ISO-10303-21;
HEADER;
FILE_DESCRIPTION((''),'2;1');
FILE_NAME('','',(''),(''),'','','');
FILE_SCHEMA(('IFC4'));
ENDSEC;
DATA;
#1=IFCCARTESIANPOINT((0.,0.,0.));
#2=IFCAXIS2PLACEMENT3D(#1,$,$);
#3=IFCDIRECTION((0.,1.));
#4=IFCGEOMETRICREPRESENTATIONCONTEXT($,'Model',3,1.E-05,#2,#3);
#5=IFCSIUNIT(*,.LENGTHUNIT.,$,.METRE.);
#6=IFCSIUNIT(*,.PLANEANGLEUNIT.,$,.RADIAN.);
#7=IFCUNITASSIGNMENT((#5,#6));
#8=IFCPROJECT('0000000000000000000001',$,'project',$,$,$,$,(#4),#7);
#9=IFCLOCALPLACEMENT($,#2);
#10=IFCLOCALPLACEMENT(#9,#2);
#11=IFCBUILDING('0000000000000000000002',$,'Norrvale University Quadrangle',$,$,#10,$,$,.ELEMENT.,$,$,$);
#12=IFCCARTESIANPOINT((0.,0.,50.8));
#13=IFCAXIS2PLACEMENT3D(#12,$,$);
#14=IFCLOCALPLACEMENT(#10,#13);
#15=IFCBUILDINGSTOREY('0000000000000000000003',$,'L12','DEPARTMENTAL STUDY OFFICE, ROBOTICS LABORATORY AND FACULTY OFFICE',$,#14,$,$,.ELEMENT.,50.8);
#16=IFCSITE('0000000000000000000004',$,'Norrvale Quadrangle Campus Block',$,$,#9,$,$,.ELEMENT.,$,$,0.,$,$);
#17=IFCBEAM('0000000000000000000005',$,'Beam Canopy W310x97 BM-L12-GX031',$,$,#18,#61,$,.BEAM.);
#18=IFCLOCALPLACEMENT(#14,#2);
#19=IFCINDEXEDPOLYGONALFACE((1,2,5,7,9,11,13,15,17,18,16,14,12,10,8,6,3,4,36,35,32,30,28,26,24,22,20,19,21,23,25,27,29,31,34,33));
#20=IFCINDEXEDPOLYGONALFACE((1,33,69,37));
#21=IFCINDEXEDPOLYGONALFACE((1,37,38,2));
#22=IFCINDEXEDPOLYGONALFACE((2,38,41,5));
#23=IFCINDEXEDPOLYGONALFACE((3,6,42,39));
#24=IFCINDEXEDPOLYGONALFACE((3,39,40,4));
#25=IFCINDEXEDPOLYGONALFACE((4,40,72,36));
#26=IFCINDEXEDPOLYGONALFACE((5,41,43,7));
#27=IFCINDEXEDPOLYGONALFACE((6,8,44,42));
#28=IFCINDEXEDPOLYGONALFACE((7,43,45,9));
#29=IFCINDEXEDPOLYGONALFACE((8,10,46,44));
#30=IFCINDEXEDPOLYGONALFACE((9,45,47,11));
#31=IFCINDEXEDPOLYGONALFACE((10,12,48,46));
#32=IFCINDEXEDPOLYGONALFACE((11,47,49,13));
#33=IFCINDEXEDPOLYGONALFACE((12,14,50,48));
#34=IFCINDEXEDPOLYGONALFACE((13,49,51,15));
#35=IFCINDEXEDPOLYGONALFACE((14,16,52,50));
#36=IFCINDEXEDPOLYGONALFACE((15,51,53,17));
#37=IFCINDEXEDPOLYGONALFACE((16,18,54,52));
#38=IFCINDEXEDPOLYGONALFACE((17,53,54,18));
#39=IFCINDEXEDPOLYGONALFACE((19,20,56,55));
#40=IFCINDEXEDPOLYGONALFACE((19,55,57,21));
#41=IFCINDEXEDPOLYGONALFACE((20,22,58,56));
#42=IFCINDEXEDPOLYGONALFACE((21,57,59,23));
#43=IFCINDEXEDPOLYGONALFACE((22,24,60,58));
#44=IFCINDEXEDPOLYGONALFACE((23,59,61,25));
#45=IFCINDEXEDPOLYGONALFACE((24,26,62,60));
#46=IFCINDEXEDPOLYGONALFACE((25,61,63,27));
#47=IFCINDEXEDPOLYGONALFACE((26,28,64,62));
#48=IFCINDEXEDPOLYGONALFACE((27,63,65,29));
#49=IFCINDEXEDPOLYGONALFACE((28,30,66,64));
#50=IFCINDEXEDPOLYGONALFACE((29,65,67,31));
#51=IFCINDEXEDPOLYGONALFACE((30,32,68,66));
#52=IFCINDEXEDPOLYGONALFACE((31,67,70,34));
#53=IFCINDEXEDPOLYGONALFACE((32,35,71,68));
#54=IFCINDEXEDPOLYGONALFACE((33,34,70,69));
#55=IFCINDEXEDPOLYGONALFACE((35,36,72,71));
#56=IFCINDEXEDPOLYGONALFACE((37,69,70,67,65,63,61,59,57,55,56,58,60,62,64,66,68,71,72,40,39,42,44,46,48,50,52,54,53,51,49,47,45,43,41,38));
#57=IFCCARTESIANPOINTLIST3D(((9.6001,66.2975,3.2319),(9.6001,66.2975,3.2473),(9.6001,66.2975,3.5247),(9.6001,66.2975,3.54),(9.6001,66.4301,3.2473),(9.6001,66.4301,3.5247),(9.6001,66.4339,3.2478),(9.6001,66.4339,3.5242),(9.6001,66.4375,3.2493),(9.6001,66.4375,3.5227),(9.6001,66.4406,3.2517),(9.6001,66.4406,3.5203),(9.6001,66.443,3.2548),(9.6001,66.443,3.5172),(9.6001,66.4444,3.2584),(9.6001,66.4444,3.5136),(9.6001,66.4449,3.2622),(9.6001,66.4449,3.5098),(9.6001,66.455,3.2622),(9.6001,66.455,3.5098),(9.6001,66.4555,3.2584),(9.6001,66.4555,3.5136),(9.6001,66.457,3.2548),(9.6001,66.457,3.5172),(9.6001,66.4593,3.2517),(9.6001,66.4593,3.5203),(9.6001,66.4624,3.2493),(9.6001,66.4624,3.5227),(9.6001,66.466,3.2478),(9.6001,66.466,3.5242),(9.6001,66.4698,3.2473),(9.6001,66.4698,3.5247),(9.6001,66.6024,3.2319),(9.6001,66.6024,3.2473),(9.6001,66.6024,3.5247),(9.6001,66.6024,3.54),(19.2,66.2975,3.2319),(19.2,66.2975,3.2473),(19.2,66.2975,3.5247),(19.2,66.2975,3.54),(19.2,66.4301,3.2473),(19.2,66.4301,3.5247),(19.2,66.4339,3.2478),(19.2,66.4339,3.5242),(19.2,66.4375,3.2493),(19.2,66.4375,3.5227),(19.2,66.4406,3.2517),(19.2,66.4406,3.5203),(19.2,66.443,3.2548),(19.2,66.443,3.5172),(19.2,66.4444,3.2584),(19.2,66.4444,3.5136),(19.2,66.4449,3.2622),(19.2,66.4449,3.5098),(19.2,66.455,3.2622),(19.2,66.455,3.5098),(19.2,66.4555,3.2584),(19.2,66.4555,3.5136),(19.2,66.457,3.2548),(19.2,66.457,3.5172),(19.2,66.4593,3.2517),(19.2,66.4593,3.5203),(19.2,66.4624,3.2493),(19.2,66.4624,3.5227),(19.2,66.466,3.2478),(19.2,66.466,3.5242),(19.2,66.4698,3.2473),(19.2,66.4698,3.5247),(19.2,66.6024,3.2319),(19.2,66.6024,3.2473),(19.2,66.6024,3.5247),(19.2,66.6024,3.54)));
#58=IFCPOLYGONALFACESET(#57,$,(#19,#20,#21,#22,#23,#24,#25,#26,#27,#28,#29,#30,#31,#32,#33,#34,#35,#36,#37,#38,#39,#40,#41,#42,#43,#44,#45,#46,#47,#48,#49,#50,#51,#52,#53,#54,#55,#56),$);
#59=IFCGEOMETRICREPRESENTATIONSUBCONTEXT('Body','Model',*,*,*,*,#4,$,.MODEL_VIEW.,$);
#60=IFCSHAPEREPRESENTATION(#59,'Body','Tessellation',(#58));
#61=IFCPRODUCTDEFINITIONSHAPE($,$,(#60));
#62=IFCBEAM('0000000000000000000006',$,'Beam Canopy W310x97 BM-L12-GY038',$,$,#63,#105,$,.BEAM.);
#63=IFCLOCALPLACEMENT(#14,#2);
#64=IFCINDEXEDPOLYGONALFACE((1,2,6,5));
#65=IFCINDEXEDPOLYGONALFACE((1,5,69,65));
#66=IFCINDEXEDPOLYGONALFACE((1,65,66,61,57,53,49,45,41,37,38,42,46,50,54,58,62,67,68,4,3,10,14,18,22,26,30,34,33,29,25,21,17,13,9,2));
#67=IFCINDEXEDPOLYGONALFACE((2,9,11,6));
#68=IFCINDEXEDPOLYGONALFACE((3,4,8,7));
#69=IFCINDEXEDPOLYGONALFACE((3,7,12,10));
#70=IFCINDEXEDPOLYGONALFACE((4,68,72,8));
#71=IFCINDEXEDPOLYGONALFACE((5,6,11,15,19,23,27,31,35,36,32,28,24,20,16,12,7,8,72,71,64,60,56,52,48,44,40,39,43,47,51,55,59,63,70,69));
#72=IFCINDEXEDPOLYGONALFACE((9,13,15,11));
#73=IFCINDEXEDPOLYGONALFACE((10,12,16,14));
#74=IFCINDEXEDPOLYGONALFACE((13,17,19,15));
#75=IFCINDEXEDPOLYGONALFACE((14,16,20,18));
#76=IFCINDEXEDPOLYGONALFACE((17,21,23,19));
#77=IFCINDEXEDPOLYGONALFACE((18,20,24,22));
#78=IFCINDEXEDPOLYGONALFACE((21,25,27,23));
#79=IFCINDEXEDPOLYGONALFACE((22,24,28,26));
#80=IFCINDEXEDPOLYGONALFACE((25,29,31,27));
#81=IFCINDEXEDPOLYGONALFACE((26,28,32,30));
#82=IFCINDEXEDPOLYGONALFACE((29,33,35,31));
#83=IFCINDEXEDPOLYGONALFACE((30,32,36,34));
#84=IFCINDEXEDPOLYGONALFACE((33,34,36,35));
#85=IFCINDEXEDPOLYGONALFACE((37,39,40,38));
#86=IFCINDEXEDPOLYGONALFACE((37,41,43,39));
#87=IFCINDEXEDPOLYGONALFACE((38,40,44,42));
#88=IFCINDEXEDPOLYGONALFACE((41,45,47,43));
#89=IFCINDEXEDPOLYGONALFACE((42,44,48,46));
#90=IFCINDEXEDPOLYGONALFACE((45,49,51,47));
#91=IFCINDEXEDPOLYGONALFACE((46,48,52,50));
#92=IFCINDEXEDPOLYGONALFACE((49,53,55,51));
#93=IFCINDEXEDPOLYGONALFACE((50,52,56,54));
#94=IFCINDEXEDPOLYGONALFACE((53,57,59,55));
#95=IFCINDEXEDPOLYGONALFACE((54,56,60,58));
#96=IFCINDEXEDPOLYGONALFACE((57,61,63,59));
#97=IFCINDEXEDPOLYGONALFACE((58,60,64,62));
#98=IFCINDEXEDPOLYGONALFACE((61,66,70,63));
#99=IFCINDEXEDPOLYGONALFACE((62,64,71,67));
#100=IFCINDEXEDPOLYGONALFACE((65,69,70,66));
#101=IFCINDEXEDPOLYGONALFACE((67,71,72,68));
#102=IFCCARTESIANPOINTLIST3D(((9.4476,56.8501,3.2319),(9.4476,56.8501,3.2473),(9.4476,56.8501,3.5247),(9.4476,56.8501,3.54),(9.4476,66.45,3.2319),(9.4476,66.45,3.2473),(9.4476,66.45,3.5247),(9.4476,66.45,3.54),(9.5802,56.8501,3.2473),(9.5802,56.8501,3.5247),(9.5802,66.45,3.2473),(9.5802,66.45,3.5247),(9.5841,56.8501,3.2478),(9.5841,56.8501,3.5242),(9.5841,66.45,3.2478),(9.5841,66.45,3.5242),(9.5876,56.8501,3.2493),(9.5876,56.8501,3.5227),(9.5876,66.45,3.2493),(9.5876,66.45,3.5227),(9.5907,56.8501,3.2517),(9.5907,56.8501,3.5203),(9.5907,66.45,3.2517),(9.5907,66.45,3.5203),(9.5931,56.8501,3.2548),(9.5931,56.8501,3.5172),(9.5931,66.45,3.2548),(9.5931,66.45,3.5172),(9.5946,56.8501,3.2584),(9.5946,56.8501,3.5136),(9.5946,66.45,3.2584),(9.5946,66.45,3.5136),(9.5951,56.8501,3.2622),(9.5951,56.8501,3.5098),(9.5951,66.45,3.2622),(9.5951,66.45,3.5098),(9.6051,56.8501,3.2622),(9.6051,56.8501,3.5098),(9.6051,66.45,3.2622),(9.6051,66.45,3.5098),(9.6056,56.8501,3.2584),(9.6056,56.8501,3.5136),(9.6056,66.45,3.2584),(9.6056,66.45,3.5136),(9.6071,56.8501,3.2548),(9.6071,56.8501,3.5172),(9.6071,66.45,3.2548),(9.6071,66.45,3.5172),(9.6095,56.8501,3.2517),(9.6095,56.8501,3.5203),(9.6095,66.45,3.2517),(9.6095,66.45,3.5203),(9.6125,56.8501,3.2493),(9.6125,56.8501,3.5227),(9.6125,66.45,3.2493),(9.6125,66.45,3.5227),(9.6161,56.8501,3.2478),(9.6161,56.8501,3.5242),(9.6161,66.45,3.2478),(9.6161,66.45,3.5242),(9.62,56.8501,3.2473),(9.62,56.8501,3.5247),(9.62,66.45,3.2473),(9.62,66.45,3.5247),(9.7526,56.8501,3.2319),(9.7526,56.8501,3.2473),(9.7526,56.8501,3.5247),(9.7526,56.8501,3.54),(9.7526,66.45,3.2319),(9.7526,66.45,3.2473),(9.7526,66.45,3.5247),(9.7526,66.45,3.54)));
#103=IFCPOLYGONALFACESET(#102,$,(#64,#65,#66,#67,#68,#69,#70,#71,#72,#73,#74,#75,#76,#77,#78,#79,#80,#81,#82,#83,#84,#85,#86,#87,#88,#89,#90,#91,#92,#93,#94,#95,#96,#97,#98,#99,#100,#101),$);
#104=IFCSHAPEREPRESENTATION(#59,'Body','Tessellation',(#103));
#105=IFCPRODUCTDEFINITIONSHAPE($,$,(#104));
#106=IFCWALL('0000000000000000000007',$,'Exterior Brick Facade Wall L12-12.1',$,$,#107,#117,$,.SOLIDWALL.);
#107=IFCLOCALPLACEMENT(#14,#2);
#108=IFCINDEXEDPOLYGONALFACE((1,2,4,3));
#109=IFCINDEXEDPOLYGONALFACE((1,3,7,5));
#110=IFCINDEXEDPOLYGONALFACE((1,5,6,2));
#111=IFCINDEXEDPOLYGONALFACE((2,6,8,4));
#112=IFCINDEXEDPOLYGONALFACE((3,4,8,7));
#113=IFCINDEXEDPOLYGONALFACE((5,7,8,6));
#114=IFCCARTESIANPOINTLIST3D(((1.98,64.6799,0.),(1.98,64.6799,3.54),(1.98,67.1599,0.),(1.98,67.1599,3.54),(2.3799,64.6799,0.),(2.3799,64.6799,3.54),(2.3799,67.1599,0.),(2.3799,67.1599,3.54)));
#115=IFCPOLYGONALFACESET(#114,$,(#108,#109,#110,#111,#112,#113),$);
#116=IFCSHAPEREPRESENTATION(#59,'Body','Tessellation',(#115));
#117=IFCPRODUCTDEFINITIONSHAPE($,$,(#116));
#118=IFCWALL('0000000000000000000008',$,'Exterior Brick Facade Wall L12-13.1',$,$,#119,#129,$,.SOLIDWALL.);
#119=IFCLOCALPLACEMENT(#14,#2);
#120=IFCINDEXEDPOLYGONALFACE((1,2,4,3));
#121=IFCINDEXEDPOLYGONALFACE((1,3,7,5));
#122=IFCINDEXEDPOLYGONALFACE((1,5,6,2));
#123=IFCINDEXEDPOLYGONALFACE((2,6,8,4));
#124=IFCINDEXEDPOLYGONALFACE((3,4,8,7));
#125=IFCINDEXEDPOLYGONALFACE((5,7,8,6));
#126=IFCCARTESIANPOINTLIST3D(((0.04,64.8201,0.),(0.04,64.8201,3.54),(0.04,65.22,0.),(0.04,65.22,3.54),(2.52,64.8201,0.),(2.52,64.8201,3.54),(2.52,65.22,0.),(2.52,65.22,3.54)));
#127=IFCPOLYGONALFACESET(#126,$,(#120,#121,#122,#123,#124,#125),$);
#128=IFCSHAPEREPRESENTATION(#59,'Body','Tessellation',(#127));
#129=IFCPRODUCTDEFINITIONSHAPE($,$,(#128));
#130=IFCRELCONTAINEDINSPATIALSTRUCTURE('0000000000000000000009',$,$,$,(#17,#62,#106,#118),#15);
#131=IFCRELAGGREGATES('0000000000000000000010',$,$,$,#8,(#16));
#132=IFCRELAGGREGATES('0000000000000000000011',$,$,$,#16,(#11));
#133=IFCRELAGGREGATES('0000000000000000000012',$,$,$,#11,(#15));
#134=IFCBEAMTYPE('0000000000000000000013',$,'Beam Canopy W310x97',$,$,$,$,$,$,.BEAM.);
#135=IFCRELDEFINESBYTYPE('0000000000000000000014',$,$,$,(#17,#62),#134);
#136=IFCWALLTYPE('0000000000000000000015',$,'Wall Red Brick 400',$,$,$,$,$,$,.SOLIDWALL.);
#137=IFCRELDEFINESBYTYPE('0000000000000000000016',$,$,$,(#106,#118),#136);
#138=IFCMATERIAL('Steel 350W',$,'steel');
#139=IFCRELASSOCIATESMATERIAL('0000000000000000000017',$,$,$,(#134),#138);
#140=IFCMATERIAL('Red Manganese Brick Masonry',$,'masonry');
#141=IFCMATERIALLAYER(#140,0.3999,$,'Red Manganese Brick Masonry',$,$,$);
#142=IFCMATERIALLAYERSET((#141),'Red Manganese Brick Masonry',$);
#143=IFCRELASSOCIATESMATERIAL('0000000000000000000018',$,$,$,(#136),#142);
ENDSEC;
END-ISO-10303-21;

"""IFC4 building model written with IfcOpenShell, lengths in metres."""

from ifc_helpers import new_model, si_unit, direction, frame, frame_2d, origin, origin_2d, place, context, subcontext, project, spatial, rectangle, i_section, extrude, material, layer, layer_set, material_profile, profile_set, type_object, element, save


model = new_model("IFC4")

# Units and contexts
model_context = context("Model", 3, precision=1e-05, world=origin(), true_north=direction((0.0, 1.0)))
body_context = subcontext(model_context, "Body", "Model", "MODEL_VIEW")
ifc_project = project(units=[si_unit("LENGTHUNIT", "METRE"), si_unit("PLANEANGLEUNIT", "RADIAN")], contexts=[model_context])

# Site, building, storey
site_placement = place(None, origin())
site = spatial("IfcSite", under=ifc_project, at=site_placement, Name="Norrvale Quadrangle Campus Block", CompositionType="ELEMENT", RefElevation=0.0)
building_placement = place(site_placement, origin())
building = spatial("IfcBuilding", under=site, at=building_placement, Name="Norrvale University Quadrangle", CompositionType="ELEMENT")
storey_placement = place(building_placement, frame((0.0, 0.0, 50.8)))
storey = spatial("IfcBuildingStorey", under=building, at=storey_placement, Name="L12", Description="DEPARTMENTAL STUDY OFFICE, ROBOTICS LABORATORY AND FACULTY OFFICE", CompositionType="ELEMENT", Elevation=50.8)

# Beams
ifc_material_1 = material(Name="Steel 350W", Category="steel")
ifc_material_profile_1 = material_profile(ifc_material_1, i_section(OverallWidth=0.3049, OverallDepth=0.3081, WebThickness=0.01, FlangeThickness=0.0154, FilletRadius=0.0149, at=origin_2d()), Name="Steel 350W")
ifc_profile_set_1 = profile_set([ifc_material_profile_1], Name="Steel 350W")
beam_type_1 = type_object("IfcBeamType", Name="Beam Canopy W310x97", PredefinedType="BEAM", material=ifc_profile_set_1)
for number, where, z_axis, x_axis, name in (
    (1, (9.6001, 66.45, 3.386), (1.0, 0.0, 0.0), (0.0, 1.0, 0.0), "Beam Canopy W310x97 BM-L12-GX031"),
    (2, (9.6001, 56.8501, 3.386), (0.0, 1.0, 0.0), (-1.0, 0.0, 0.0), "Beam Canopy W310x97 BM-L12-GY038"),
):
    element("IfcBeam", number, at=place(storey_placement, frame(where, z_axis=z_axis, x_axis=x_axis)), inside=storey, type_object=beam_type_1, Name=name, PredefinedType="BEAM", context=body_context, shape_type="SweptSolid", body=[
        extrude(i_section(OverallWidth=0.3049, OverallDepth=0.3081, WebThickness=0.01, FlangeThickness=0.0154, FilletRadius=0.0149, at=origin_2d()), origin(), (0.0, 0.0, 1.0), 9.5999),
    ])

# Walls
ifc_material_2 = material(Name="Red Manganese Brick Masonry", Category="masonry")
ifc_layer = layer(ifc_material_2, 0.3999, Name="Red Manganese Brick Masonry")
ifc_layer_set = layer_set([ifc_layer], Name="Red Manganese Brick Masonry")
wall_type = type_object("IfcWallType", Name="Wall Red Brick 400", PredefinedType="SOLIDWALL", material=ifc_layer_set)
for number, where, z_axis, x_axis, name in (
    (3, (2.1799, 67.1599, 0.0), (0.0, 0.0, 1.0), (0.0, -1.0, 0.0), "Exterior Brick Facade Wall L12-12.1"),
    (4, (2.52, 65.02, 0.0), (0.0, 0.0, 1.0), (-1.0, 0.0, 0.0), "Exterior Brick Facade Wall L12-13.1"),
):
    element("IfcWall", number, at=place(storey_placement, frame(where, z_axis=z_axis, x_axis=x_axis)), inside=storey, type_object=wall_type, Name=name, PredefinedType="SOLIDWALL", context=body_context, shape_type="SweptSolid", body=[
        extrude(rectangle(XDim=2.48, YDim=0.3999, at=frame_2d((1.24, 0.0))), origin(), (0.0, 0.0, 1.0), 3.54),
    ])

save(model, "model.ifc")
